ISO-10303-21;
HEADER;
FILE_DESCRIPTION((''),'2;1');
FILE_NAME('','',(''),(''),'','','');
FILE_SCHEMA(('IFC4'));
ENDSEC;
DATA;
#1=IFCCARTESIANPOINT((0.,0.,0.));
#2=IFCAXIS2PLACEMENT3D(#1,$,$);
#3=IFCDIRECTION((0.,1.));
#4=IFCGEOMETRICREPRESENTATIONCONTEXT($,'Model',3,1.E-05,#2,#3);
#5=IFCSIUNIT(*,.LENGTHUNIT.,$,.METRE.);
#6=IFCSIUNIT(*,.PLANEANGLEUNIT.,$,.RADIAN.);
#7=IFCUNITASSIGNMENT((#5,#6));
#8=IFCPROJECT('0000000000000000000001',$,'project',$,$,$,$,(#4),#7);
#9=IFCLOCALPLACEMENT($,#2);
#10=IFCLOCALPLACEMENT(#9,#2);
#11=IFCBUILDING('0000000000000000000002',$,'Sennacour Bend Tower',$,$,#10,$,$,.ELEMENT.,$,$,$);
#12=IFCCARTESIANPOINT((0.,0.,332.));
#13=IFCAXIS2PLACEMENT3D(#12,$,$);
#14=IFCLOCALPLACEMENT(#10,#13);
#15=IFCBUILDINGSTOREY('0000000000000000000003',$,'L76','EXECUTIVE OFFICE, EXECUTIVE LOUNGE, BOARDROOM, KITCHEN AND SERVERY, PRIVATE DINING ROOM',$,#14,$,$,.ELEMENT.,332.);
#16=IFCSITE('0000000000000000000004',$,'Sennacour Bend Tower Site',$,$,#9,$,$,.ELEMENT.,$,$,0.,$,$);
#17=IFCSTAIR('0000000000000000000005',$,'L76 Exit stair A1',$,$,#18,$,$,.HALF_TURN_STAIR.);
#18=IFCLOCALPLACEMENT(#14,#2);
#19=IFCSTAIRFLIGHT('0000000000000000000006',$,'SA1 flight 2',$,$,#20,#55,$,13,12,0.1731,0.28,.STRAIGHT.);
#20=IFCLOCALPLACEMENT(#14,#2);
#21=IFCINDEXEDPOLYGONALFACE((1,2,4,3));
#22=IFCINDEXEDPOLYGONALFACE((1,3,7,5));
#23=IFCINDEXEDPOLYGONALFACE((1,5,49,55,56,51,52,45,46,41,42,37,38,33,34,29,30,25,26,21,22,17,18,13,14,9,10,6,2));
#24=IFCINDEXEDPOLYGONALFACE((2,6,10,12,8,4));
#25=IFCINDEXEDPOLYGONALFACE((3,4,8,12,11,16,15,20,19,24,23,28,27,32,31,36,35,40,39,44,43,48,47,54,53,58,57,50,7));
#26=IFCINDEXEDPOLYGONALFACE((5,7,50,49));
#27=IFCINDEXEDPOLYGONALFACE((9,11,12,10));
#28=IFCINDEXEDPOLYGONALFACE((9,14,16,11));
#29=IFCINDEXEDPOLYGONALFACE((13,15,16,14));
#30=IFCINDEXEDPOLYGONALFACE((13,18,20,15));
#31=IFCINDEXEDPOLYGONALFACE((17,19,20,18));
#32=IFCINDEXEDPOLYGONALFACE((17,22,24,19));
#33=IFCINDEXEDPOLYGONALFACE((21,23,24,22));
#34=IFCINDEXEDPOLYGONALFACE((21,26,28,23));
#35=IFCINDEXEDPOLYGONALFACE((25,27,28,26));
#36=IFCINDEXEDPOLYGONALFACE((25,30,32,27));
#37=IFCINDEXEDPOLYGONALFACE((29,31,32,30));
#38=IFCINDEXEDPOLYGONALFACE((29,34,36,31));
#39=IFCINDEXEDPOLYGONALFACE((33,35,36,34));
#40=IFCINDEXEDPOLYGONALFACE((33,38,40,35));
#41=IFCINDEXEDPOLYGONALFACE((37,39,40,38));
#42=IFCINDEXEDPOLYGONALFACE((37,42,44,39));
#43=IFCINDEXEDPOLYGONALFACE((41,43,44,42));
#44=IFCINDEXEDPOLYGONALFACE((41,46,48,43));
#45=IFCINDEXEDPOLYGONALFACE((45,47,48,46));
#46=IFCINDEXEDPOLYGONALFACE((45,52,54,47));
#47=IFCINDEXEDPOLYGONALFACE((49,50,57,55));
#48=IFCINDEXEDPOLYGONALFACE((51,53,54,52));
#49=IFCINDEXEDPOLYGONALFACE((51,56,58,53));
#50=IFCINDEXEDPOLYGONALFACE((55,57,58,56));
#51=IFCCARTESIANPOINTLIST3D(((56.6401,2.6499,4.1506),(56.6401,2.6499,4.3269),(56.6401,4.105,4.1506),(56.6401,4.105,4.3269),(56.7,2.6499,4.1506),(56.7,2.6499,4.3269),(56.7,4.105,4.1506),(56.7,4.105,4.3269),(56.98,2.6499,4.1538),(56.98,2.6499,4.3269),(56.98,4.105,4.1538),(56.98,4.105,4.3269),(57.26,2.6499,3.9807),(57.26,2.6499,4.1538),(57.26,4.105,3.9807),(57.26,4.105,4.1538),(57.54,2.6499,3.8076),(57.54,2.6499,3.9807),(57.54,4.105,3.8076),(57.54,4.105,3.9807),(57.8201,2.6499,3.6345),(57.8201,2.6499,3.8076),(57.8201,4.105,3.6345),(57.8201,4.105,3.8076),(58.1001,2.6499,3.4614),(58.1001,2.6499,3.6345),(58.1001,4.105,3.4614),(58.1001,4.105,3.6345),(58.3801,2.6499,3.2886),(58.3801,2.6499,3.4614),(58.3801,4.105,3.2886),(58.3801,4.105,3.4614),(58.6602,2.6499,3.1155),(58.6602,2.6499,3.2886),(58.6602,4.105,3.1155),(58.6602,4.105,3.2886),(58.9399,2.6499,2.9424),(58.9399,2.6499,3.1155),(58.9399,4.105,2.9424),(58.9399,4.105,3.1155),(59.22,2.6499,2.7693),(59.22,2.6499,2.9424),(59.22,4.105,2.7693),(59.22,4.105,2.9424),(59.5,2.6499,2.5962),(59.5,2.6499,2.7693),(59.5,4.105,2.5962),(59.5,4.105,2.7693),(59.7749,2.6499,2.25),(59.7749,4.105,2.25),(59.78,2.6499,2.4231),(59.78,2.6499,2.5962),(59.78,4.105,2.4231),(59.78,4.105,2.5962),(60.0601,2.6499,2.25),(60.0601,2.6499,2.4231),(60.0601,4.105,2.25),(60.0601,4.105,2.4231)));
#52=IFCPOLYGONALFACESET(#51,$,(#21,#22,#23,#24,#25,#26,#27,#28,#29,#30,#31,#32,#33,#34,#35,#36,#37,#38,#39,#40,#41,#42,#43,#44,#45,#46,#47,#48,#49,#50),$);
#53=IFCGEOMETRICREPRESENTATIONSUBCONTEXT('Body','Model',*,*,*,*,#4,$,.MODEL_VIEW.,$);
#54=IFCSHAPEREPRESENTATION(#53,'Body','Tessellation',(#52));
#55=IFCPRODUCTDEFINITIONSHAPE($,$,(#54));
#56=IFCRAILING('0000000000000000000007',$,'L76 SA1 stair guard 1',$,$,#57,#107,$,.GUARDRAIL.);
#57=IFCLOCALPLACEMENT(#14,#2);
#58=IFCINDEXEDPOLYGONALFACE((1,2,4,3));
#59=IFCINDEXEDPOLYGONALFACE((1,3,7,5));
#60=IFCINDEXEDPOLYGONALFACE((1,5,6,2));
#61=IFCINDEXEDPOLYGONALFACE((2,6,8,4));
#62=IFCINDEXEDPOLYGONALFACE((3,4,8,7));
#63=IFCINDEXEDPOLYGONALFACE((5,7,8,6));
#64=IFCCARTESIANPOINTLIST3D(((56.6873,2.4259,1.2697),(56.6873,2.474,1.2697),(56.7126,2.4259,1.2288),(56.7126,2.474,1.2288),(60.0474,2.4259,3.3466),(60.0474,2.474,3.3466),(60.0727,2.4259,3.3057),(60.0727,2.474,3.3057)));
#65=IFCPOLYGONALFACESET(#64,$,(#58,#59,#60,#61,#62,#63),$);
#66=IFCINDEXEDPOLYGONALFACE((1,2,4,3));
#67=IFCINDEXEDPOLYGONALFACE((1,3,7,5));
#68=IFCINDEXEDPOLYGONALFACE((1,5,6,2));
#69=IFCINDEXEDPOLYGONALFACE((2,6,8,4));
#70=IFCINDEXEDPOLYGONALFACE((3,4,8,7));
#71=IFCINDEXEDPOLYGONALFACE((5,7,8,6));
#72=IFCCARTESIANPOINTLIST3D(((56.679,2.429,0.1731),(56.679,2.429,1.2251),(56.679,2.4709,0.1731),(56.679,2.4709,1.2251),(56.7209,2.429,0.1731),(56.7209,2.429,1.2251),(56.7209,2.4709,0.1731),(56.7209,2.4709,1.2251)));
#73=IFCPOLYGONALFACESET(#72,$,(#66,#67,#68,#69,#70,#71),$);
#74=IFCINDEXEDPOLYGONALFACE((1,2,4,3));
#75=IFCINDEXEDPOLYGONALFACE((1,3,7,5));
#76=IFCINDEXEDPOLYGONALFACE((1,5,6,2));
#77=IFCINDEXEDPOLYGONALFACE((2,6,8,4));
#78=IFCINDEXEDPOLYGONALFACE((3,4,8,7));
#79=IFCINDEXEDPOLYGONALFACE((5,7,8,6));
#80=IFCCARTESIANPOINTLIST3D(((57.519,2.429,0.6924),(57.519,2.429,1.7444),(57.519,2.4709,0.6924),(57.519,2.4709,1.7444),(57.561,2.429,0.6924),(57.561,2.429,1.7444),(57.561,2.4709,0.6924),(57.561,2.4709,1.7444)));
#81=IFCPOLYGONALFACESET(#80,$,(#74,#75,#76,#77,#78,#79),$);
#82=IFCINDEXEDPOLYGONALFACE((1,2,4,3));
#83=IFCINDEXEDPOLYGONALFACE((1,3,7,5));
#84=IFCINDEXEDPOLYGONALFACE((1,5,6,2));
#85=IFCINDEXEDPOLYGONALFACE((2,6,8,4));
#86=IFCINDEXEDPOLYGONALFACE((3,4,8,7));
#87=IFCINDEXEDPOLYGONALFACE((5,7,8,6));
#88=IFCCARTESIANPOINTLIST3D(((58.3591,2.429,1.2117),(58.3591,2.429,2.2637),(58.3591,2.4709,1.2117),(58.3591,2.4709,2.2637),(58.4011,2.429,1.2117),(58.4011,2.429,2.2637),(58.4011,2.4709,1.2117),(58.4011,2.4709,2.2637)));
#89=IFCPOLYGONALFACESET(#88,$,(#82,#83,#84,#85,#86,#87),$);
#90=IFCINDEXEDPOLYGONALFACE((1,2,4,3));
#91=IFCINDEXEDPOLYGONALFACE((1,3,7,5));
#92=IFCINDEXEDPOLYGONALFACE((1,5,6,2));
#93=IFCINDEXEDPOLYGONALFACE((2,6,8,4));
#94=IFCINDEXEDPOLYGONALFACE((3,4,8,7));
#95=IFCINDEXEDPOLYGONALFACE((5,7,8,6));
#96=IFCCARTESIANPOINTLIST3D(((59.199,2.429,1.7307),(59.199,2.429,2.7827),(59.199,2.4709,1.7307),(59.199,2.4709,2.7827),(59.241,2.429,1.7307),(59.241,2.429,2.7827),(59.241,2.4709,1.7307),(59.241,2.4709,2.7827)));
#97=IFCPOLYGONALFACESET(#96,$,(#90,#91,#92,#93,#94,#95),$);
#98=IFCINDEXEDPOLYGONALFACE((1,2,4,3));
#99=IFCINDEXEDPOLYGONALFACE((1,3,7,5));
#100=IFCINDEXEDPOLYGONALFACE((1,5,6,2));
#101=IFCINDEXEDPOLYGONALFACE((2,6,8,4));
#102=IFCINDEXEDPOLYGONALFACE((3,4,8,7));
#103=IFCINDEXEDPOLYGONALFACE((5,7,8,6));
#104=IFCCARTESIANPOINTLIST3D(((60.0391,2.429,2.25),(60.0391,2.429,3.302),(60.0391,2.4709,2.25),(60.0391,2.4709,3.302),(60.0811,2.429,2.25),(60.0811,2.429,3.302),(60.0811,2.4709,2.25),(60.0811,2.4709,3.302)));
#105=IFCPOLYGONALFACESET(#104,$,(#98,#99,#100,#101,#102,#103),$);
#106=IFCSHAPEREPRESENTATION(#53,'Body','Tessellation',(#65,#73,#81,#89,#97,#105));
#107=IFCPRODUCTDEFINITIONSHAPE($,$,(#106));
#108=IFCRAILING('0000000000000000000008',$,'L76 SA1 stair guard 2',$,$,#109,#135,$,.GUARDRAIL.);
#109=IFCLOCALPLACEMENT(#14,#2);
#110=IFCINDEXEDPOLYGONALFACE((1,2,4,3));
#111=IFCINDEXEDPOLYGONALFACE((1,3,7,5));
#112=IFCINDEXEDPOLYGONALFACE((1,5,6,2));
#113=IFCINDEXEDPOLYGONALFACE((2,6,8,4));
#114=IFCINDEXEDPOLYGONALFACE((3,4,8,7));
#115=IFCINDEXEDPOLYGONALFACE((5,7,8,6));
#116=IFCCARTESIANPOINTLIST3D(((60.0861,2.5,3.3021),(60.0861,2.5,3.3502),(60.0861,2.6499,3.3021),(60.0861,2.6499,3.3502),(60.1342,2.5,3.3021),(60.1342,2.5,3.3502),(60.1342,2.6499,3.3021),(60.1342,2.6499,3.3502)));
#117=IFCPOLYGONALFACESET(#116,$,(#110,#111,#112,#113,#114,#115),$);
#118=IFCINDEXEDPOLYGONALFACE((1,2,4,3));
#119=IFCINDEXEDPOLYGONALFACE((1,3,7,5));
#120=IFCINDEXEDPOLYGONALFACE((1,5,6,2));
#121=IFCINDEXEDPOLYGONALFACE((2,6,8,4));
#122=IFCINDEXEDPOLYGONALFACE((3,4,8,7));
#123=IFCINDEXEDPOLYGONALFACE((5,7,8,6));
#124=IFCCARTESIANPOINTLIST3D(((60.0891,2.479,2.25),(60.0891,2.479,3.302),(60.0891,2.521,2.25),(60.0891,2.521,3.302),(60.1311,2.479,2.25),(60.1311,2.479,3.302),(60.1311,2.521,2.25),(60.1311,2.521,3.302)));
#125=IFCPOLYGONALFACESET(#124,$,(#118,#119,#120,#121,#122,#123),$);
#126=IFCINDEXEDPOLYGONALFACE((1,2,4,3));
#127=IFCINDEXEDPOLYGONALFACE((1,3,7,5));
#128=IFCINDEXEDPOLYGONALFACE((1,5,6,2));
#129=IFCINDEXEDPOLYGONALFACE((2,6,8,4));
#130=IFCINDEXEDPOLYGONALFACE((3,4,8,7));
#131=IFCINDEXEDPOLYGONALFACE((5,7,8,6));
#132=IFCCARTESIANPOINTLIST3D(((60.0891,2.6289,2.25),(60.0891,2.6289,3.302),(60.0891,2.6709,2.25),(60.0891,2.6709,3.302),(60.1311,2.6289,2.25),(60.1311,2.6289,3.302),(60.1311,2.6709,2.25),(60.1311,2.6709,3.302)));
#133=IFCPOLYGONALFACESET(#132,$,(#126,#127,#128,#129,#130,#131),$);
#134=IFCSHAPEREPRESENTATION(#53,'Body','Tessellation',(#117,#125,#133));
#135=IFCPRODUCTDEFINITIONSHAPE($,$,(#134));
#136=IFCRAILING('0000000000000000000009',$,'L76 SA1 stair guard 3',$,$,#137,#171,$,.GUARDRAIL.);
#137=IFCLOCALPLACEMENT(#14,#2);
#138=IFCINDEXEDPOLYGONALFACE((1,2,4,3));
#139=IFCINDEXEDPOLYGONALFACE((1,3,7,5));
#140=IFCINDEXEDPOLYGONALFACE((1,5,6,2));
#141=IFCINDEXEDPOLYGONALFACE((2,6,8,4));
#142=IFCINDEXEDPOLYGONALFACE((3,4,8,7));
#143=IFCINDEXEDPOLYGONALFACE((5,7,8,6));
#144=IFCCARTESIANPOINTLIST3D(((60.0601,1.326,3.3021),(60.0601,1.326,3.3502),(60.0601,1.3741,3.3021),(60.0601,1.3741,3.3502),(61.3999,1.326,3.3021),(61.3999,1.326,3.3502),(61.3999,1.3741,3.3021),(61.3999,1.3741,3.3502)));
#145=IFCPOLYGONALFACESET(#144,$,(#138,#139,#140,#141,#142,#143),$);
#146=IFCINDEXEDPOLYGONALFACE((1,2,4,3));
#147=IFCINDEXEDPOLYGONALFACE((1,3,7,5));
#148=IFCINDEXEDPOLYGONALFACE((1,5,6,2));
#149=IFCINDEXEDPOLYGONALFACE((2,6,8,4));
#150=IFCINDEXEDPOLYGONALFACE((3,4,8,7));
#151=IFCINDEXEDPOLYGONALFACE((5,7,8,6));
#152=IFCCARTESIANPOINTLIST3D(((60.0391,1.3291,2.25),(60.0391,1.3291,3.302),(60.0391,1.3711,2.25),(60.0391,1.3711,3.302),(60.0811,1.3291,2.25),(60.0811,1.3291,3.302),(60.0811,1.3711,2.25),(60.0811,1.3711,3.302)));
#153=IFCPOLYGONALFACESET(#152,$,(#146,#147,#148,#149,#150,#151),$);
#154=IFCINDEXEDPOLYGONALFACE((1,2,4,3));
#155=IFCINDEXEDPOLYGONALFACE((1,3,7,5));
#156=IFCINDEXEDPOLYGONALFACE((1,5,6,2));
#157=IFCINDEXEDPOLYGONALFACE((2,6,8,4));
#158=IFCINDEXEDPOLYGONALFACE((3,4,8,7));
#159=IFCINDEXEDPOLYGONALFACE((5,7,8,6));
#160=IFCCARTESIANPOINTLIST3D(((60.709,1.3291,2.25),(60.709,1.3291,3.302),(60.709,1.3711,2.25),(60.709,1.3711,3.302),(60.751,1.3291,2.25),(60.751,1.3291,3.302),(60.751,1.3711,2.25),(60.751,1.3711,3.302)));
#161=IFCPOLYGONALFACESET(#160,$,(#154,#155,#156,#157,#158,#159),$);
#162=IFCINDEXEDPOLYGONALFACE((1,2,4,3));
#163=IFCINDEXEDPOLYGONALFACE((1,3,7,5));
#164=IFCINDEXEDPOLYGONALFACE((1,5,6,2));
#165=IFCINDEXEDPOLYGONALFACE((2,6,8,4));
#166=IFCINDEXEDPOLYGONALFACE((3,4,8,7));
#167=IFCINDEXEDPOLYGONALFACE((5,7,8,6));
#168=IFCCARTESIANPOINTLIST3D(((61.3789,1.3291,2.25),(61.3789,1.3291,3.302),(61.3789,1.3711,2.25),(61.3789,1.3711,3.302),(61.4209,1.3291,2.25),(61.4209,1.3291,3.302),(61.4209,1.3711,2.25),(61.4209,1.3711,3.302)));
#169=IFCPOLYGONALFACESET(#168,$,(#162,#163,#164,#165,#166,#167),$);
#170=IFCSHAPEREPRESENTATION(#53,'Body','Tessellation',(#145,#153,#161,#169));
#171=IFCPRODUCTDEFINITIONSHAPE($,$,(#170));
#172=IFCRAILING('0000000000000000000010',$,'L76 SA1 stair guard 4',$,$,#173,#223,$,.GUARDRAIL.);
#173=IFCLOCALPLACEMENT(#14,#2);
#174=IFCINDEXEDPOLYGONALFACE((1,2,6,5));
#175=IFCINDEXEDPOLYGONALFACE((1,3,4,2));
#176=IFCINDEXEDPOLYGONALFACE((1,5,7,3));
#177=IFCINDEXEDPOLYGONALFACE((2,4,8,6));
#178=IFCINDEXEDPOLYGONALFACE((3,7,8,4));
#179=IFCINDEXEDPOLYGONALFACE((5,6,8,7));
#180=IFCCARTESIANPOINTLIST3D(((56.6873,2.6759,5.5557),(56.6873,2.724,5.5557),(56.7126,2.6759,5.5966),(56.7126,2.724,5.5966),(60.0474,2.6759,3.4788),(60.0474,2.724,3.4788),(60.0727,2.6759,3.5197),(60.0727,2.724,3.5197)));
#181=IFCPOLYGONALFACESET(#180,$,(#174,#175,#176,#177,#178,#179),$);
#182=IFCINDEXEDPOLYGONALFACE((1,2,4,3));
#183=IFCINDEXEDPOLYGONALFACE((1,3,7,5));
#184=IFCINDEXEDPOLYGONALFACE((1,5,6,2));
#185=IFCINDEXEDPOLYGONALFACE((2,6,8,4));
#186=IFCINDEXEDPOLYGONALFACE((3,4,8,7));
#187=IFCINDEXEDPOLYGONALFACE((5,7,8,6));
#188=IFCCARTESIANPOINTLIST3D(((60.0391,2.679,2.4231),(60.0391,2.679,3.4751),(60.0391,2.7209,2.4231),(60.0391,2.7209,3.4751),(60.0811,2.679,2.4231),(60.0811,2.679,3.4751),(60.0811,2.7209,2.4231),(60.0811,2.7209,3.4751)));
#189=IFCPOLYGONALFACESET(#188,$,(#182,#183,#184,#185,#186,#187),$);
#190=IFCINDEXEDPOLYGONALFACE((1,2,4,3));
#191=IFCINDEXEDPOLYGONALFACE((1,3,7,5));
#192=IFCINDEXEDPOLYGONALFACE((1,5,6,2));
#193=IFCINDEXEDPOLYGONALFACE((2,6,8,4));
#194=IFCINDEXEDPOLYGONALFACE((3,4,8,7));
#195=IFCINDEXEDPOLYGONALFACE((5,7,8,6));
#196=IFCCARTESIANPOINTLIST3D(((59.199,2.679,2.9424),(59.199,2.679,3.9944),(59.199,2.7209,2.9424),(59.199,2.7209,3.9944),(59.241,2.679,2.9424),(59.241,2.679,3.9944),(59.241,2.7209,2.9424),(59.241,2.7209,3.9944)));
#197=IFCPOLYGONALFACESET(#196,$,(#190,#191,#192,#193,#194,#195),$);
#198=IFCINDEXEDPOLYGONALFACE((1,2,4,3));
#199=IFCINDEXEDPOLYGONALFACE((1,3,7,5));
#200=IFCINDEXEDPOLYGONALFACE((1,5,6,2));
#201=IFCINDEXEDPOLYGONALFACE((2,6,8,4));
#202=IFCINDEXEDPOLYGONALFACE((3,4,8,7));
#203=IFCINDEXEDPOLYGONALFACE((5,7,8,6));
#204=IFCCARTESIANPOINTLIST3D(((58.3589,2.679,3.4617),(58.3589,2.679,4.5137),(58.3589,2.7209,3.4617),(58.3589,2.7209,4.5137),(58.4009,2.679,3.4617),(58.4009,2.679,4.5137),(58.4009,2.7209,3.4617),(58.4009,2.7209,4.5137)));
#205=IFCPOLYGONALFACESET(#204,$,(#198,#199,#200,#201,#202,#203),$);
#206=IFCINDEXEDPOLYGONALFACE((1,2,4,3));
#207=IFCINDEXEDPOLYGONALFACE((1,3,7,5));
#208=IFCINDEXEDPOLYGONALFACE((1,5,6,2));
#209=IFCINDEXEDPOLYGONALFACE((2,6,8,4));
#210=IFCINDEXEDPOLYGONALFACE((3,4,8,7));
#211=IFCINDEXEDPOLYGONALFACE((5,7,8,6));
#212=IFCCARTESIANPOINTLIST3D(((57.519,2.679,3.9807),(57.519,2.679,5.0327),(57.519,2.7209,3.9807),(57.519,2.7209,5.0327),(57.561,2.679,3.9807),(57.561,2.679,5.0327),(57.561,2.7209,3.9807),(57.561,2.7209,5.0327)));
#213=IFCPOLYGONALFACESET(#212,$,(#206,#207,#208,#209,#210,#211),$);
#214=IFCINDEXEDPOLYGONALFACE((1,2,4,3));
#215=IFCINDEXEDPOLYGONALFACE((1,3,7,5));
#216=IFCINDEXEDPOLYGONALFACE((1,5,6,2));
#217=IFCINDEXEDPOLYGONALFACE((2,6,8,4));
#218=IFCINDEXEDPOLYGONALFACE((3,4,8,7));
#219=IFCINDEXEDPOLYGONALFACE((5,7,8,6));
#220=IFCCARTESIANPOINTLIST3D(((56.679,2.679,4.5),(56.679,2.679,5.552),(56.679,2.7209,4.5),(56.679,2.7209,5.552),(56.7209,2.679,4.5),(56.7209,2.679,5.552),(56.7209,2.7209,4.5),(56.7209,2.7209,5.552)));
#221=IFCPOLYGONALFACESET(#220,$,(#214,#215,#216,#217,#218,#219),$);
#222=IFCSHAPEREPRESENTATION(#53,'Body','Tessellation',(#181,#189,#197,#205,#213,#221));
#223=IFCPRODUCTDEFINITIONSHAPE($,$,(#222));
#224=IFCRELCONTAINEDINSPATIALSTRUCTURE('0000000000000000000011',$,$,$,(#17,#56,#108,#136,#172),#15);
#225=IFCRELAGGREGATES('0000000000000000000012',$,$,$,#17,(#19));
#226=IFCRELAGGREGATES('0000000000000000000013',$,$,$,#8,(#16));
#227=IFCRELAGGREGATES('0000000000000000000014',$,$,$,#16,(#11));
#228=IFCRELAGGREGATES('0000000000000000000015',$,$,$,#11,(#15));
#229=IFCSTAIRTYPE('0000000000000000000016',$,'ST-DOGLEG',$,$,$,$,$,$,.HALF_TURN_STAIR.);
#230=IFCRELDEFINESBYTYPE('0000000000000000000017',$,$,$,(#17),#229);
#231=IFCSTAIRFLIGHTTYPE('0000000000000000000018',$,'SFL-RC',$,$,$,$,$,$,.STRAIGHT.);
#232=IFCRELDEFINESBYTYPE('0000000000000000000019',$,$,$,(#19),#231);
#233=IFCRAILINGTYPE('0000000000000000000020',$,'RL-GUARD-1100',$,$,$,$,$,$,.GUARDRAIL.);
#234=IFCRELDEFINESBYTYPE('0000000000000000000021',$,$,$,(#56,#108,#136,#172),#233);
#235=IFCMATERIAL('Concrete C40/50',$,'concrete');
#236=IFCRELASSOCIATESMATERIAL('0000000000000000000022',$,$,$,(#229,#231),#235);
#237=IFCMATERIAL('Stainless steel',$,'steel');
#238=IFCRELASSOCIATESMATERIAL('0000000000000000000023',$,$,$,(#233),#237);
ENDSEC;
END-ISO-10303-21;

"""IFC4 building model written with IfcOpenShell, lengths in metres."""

from ifc_helpers import new_model, si_unit, direction, frame, origin, origin_2d, place, context, subcontext, project, spatial, polyline, rectangle, outline, extrude, material, type_object, element, aggregate, save


model = new_model("IFC4")

# Units and contexts
model_context = context("Model", 3, precision=1e-05, world=origin(), true_north=direction((0.0, 1.0)))
body_context = subcontext(model_context, "Body", "Model", "MODEL_VIEW")
ifc_project = project(units=[si_unit("LENGTHUNIT", "METRE"), si_unit("PLANEANGLEUNIT", "RADIAN")], contexts=[model_context])

# Site, building, storey
site_placement = place(None, origin())
site = spatial("IfcSite", under=ifc_project, at=site_placement, Name="Sennacour Bend Tower Site", CompositionType="ELEMENT", RefElevation=0.0)
building_placement = place(site_placement, origin())
building = spatial("IfcBuilding", under=site, at=building_placement, Name="Sennacour Bend Tower", CompositionType="ELEMENT")
storey_placement = place(building_placement, frame((0.0, 0.0, 332.0)))
storey = spatial("IfcBuildingStorey", under=building, at=storey_placement, Name="L76", Description="EXECUTIVE OFFICE, EXECUTIVE LOUNGE, BOARDROOM, KITCHEN AND SERVERY, PRIVATE DINING ROOM", CompositionType="ELEMENT", Elevation=332.0)

# Shared definitions
ifc_material_1 = material(Name="Stainless steel", Category="steel")

# Stair, stair flight
ifc_material_2 = material(Name="Concrete C40/50", Category="concrete")
stair_type = type_object("IfcStairType", Name="ST-DOGLEG", PredefinedType="HALF_TURN_STAIR", material=ifc_material_2)
stair_placement = place(storey_placement, origin())
stair = element("IfcStair", 1, at=stair_placement, inside=storey, type_object=stair_type, Name="L76 Exit stair A1", PredefinedType="HALF_TURN_STAIR")
stair_flight_type = type_object("IfcStairFlightType", Name="SFL-RC", PredefinedType="STRAIGHT", material=ifc_material_2)
stair_flight_1_placement = place(storey_placement, frame((60.0601, 3.3774, 2.25), z_axis=(0.0, 0.0, 1.0), x_axis=(-1.0, 0.0, 0.0)))
stair_flight_1 = element("IfcStairFlight", 2, at=stair_flight_1_placement, type_object=stair_flight_type, Name="SA1 flight 2", NumberOfRisers=13, NumberOfTreads=12, PredefinedType="STRAIGHT", RiserHeight=0.1731, TreadLength=0.28, context=body_context, shape_type="SweptSolid", body=[
    extrude(outline(polyline([(0.0, 0.0), (0.0, 0.1731), (0.28, 0.1731), (0.28, 0.3462), (0.5601, 0.3462), (0.5601, 0.5193), (0.8401, 0.5193), (0.8401, 0.6924), (1.1201, 0.6924), (1.1201, 0.8655), (1.3999, 0.8655), (1.3999, 1.0386), (1.6799, 1.0386), (1.6799, 1.2114), (1.96, 1.2114), (1.96, 1.3845), (2.24, 1.3845), (2.24, 1.5576), (2.52, 1.5576), (2.52, 1.7307), (2.8, 1.7307), (2.8, 1.9038), (3.0801, 1.9038), (3.0801, 2.0769), (3.3601, 2.0769), (3.4199, 2.0769), (3.4199, 1.9006), (3.3601, 1.9006), (0.2852, 0.0), (0.0, 0.0)])), frame((0.0, 0.7275, 0.0), z_axis=(0.0, -1.0, 0.0), x_axis=(1.0, 0.0, 0.0)), (0.0, 0.0, 1.0), 1.4551),
])
aggregate(stair, [stair_flight_1])

# Railings
railing_type_1 = type_object("IfcRailingType", Name="RL-GUARD-1100", PredefinedType="GUARDRAIL", material=ifc_material_1)
railing_1_placement = place(storey_placement, frame((56.7, 2.45, 0.1731)))
element("IfcRailing", 3, at=railing_1_placement, inside=storey, type_object=railing_type_1, Name="L76 SA1 stair guard 1", PredefinedType="GUARDRAIL", context=body_context, shape_type="SweptSolid", body=[
    extrude(rectangle(XDim=0.0481, YDim=0.0481, at=origin_2d()), frame((0.0, 0.0, 1.0762), z_axis=(0.850623, 0.0, 0.525776), x_axis=(0.0, 1.0, 0.0)), (0.0, 0.0, 1.0), 3.9502),
    extrude(rectangle(XDim=0.042, YDim=0.042, at=origin_2d()), origin(), (0.0, 0.0, 1.0), 1.052),
    extrude(rectangle(XDim=0.042, YDim=0.042, at=origin_2d()), frame((0.8401, 0.0, 0.5193)), (0.0, 0.0, 1.0), 1.052),
    extrude(rectangle(XDim=0.042, YDim=0.042, at=origin_2d()), frame((1.6802, 0.0, 1.0386)), (0.0, 0.0, 1.0), 1.052),
    extrude(rectangle(XDim=0.042, YDim=0.042, at=origin_2d()), frame((2.52, 0.0, 1.5576)), (0.0, 0.0, 1.0), 1.052),
    extrude(rectangle(XDim=0.042, YDim=0.042, at=origin_2d()), frame((3.3601, 0.0, 2.0769)), (0.0, 0.0, 1.0), 1.052),
])
railing_2_placement = place(storey_placement, frame((60.1101, 2.5, 2.25)))
element("IfcRailing", 4, at=railing_2_placement, inside=storey, type_object=railing_type_1, Name="L76 SA1 stair guard 2", PredefinedType="GUARDRAIL", context=body_context, shape_type="SweptSolid", body=[
    extrude(rectangle(XDim=0.0481, YDim=0.0481, at=origin_2d()), frame((0.0, 0.0, 1.0762), z_axis=(0.0, 1.0, 0.0), x_axis=(-1.0, 0.0, 0.0)), (0.0, 0.0, 1.0), 0.1499),
    extrude(rectangle(XDim=0.042, YDim=0.042, at=origin_2d()), origin(), (0.0, 0.0, 1.0), 1.052),
    extrude(rectangle(XDim=0.042, YDim=0.042, at=origin_2d()), frame((0.0, 0.1499, 0.0)), (0.0, 0.0, 1.0), 1.052),
])
railing_3_placement = place(storey_placement, frame((60.0601, 1.3501, 2.25)))
element("IfcRailing", 5, at=railing_3_placement, inside=storey, type_object=railing_type_1, Name="L76 SA1 stair guard 3", PredefinedType="GUARDRAIL", context=body_context, shape_type="SweptSolid", body=[
    extrude(rectangle(XDim=0.0481, YDim=0.0481, at=origin_2d()), frame((0.0, 0.0, 1.0762), z_axis=(1.0, 0.0, 0.0), x_axis=(0.0, 1.0, 0.0)), (0.0, 0.0, 1.0), 1.3398),
    extrude(rectangle(XDim=0.042, YDim=0.042, at=origin_2d()), origin(), (0.0, 0.0, 1.0), 1.052),
    extrude(rectangle(XDim=0.042, YDim=0.042, at=origin_2d()), frame((0.6699, 0.0, 0.0)), (0.0, 0.0, 1.0), 1.052),
    extrude(rectangle(XDim=0.042, YDim=0.042, at=origin_2d()), frame((1.3398, 0.0, 0.0)), (0.0, 0.0, 1.0), 1.052),
])
railing_4_placement = place(storey_placement, frame((60.0601, 2.7, 2.4231)))
element("IfcRailing", 6, at=railing_4_placement, inside=storey, type_object=railing_type_1, Name="L76 SA1 stair guard 4", PredefinedType="GUARDRAIL", context=body_context, shape_type="SweptSolid", body=[
    extrude(rectangle(XDim=0.0481, YDim=0.0481, at=origin_2d()), frame((0.0, 0.0, 1.0762), z_axis=(-0.850623, 0.0, 0.525776), x_axis=(0.0, -1.0, 0.0)), (0.0, 0.0, 1.0), 3.9502),
    extrude(rectangle(XDim=0.042, YDim=0.042, at=origin_2d()), origin(), (0.0, 0.0, 1.0), 1.052),
    extrude(rectangle(XDim=0.042, YDim=0.042, at=origin_2d()), frame((-0.8401, 0.0, 0.5193)), (0.0, 0.0, 1.0), 1.052),
    extrude(rectangle(XDim=0.042, YDim=0.042, at=origin_2d()), frame((-1.6802, 0.0, 1.0386)), (0.0, 0.0, 1.0), 1.052),
    extrude(rectangle(XDim=0.042, YDim=0.042, at=origin_2d()), frame((-2.52, 0.0, 1.5576)), (0.0, 0.0, 1.0), 1.052),
    extrude(rectangle(XDim=0.042, YDim=0.042, at=origin_2d()), frame((-3.3601, 0.0, 2.0769)), (0.0, 0.0, 1.0), 1.052),
])

save(model, "model.ifc")
